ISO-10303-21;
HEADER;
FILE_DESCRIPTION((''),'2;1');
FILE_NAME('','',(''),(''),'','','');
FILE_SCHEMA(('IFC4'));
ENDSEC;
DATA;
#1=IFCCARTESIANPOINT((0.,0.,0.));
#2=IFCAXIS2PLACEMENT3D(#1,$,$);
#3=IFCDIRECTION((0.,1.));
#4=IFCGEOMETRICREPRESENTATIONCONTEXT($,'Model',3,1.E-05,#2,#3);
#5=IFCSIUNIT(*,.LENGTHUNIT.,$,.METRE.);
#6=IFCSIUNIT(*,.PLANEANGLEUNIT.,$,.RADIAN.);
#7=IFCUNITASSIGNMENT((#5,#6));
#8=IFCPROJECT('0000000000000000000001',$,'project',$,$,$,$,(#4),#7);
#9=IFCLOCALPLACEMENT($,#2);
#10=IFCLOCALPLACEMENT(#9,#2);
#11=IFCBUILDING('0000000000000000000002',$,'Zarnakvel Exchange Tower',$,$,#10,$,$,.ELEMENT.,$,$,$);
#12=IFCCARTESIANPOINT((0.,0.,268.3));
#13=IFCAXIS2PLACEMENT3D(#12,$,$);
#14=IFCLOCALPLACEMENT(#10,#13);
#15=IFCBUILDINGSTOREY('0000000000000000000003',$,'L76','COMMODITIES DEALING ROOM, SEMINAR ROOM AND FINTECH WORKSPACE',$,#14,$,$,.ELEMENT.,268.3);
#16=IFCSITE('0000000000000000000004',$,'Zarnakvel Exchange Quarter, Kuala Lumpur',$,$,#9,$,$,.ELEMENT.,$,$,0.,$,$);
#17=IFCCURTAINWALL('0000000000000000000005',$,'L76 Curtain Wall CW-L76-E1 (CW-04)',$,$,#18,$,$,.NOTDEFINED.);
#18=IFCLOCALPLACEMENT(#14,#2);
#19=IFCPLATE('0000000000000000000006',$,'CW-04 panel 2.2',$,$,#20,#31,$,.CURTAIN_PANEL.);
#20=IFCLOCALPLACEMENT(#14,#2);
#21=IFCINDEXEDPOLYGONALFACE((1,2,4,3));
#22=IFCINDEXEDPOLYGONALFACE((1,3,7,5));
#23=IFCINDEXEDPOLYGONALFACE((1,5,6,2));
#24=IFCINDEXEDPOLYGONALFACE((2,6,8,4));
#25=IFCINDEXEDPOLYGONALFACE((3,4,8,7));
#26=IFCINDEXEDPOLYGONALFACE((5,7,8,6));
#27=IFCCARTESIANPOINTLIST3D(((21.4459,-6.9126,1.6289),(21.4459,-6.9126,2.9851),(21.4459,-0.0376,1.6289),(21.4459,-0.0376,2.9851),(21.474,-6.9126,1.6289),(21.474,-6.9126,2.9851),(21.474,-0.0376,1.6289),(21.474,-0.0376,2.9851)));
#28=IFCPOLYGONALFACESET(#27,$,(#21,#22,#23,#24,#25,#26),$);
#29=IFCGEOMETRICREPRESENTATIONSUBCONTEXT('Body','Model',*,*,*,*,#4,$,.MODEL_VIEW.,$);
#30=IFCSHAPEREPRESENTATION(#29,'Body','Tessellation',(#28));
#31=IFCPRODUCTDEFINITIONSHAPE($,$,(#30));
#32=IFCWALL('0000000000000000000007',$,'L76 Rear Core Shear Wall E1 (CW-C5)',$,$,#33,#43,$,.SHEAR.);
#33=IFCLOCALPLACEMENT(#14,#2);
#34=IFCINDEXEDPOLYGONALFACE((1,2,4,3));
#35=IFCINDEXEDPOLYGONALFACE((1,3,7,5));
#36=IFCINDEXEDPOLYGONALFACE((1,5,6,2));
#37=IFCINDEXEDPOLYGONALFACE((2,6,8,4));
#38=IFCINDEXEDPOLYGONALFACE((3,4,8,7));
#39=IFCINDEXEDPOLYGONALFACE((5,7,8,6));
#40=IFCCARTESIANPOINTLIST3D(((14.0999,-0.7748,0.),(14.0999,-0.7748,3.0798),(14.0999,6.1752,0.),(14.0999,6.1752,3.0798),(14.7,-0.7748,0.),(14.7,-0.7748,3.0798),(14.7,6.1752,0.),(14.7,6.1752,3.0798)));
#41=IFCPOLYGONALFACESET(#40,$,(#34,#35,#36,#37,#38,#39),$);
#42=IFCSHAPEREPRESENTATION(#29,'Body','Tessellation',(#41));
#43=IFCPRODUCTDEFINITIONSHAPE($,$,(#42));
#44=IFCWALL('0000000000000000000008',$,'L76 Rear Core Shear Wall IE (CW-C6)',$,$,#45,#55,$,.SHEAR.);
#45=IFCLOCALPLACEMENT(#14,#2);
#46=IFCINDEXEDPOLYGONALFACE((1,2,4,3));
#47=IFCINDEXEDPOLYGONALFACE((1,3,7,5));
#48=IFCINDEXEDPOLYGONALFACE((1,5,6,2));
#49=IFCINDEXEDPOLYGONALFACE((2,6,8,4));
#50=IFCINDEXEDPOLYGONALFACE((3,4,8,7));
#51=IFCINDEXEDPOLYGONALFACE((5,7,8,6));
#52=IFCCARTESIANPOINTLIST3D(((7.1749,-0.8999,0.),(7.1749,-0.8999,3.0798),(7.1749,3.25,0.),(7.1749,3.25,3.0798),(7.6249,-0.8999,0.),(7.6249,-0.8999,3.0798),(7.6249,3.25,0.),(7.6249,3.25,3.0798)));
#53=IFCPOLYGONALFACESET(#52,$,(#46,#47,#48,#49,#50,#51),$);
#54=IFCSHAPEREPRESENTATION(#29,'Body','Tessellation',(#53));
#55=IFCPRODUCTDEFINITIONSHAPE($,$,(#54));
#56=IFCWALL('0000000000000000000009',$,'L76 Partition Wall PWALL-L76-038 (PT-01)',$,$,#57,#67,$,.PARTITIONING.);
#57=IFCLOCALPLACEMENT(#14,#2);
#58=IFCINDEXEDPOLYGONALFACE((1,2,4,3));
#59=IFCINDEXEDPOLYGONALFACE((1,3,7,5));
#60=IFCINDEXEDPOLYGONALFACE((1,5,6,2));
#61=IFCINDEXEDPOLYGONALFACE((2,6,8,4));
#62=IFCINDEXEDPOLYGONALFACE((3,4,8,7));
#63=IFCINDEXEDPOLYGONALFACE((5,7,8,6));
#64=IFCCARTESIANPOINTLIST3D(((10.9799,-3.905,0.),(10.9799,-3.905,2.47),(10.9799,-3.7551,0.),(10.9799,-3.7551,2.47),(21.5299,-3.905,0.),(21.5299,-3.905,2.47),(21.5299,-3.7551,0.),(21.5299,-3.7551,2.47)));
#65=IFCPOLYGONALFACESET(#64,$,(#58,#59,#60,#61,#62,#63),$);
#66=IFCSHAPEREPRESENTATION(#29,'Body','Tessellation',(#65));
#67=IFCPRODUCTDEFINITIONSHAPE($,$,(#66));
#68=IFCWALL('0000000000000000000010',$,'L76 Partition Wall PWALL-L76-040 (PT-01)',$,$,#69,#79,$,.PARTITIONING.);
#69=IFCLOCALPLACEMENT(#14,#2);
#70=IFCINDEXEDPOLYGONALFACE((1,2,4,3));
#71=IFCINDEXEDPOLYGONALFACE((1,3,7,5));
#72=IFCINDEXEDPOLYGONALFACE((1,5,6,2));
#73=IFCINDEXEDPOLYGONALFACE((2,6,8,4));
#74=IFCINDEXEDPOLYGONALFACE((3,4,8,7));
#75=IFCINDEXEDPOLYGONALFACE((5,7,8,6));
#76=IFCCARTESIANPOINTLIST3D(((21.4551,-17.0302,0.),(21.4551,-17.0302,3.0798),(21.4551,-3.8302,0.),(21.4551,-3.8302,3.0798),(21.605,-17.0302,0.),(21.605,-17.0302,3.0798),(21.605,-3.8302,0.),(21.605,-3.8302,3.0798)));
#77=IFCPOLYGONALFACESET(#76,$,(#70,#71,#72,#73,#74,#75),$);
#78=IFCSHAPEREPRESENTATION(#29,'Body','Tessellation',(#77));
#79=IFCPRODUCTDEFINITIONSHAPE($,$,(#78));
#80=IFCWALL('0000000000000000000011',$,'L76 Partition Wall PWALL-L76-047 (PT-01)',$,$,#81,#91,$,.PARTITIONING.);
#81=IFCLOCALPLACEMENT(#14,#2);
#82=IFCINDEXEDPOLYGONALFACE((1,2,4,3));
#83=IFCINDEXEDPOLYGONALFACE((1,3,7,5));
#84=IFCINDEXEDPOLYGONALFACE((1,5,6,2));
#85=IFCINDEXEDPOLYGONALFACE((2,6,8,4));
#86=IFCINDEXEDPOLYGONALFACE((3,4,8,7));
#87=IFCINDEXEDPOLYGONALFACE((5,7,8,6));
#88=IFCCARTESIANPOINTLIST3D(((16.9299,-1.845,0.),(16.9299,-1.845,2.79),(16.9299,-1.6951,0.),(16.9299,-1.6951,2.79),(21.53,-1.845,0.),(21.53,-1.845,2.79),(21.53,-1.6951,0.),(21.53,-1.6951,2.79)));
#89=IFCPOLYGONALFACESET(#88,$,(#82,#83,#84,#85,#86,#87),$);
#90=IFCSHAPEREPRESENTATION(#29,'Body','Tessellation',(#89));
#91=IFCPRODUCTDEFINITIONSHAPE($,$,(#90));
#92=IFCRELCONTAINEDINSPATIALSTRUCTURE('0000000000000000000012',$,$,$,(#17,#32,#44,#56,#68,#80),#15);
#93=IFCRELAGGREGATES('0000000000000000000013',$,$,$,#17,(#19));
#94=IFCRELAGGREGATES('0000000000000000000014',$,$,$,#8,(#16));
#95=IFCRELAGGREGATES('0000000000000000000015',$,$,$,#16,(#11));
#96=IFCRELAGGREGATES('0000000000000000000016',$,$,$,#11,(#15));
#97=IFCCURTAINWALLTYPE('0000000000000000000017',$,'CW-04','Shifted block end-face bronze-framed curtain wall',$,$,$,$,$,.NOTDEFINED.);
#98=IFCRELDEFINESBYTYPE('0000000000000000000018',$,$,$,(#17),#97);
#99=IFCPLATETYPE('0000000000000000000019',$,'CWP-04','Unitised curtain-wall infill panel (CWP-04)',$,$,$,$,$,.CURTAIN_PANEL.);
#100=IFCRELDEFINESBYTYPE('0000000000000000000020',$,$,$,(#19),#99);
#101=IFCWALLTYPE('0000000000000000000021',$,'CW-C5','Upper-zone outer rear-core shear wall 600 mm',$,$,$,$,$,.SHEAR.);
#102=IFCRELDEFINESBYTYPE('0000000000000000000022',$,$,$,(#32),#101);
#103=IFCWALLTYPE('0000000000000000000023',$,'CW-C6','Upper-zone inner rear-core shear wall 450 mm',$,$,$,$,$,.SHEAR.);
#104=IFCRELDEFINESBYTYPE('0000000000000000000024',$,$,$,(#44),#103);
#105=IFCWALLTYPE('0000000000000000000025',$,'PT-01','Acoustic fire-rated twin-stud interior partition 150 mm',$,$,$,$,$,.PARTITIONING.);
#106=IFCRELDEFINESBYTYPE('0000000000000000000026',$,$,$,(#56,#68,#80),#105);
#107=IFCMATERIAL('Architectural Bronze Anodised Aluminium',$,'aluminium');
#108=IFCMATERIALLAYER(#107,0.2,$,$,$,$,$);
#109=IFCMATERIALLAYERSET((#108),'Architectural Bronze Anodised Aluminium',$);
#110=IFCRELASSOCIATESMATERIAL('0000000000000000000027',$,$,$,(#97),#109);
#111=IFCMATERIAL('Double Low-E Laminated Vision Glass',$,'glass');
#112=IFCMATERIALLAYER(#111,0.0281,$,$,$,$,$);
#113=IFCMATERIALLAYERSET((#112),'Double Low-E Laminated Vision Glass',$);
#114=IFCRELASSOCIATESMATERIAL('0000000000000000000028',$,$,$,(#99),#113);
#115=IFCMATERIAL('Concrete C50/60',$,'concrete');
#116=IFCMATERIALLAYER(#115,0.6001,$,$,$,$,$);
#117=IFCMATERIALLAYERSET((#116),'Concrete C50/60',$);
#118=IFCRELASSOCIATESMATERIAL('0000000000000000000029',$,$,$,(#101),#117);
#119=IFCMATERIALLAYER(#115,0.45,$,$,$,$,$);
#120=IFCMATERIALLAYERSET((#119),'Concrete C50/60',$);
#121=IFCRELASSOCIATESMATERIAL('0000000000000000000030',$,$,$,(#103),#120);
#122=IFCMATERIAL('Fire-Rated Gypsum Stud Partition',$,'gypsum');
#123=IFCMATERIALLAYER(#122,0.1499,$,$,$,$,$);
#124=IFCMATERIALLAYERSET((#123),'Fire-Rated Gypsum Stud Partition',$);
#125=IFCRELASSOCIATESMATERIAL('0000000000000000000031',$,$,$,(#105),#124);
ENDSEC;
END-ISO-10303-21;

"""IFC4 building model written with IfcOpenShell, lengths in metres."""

from ifc_helpers import new_model, si_unit, direction, frame, frame_2d, origin, origin_2d, place, context, subcontext, project, spatial, rectangle, extrude, source, transform, mapped, material, layer, layer_set, type_object, element, aggregate, save


model = new_model("IFC4")

# Units and contexts
model_context = context("Model", 3, precision=1e-05, world=origin(), true_north=direction((0.0, 1.0)))
body_context = subcontext(model_context, "Body", "Model", "MODEL_VIEW")
ifc_project = project(units=[si_unit("LENGTHUNIT", "METRE"), si_unit("PLANEANGLEUNIT", "RADIAN")], contexts=[model_context])

# Site, building, storey
site_placement = place(None, origin())
site = spatial("IfcSite", under=ifc_project, at=site_placement, Name="Zarnakvel Exchange Quarter, Kuala Lumpur", CompositionType="ELEMENT", RefElevation=0.0)
building_placement = place(site_placement, origin())
building = spatial("IfcBuilding", under=site, at=building_placement, Name="Zarnakvel Exchange Tower", CompositionType="ELEMENT")
storey_placement = place(building_placement, frame((0.0, 0.0, 268.3)))
storey = spatial("IfcBuildingStorey", under=building, at=storey_placement, Name="L76", Description="COMMODITIES DEALING ROOM, SEMINAR ROOM AND FINTECH WORKSPACE", CompositionType="ELEMENT", Elevation=268.3)

# Shared definitions
ifc_material_1 = material(Name="Concrete C50/60", Category="concrete")

# Curtain wall, plate
ifc_material_2 = material(Name="Architectural Bronze Anodised Aluminium", Category="aluminium")
ifc_layer_1 = layer(ifc_material_2, 0.2)
ifc_layer_set_1 = layer_set([ifc_layer_1], Name="Architectural Bronze Anodised Aluminium")
curtain_wall_type = type_object("IfcCurtainWallType", Name="CW-04", Description="Shifted block end-face bronze-framed curtain wall", PredefinedType="NOTDEFINED", material=ifc_layer_set_1)
curtain_wall_placement = place(storey_placement, origin())
curtain_wall = element("IfcCurtainWall", 1, at=curtain_wall_placement, inside=storey, type_object=curtain_wall_type, Name="L76 Curtain Wall CW-L76-E1 (CW-04)", PredefinedType="NOTDEFINED")
ifc_material_3 = material(Name="Double Low-E Laminated Vision Glass", Category="glass")
ifc_layer_2 = layer(ifc_material_3, 0.0281)
ifc_layer_set_2 = layer_set([ifc_layer_2], Name="Double Low-E Laminated Vision Glass")
plate_type = type_object("IfcPlateType", Name="CWP-04", Description="Unitised curtain-wall infill panel (CWP-04)", PredefinedType="CURTAIN_PANEL", material=ifc_layer_set_2)
shared_shape_1 = source(origin(), body_context, "Body", "SweptSolid", [
    extrude(rectangle(XDim=6.875, YDim=0.0281, at=origin_2d()), origin(), (0.0, 0.0, 1.0), 1.3562),
])
plate_1_placement = place(storey_placement, frame((21.46, -3.4751, 1.6289), z_axis=(0.0, 0.0, 1.0), x_axis=(0.0, 1.0, 0.0)))
plate_1 = element("IfcPlate", 2, at=plate_1_placement, type_object=plate_type, Name="CW-04 panel 2.2", PredefinedType="CURTAIN_PANEL", context=body_context, shape_type="MappedRepresentation", body=[
    mapped(shared_shape_1, transform((0.0, 0.0, 0.0), x_axis=(1.0, 0.0, 0.0), y_axis=(0.0, 1.0, 0.0), z_axis=(0.0, 0.0, 1.0), scale=1.0)),
])
aggregate(curtain_wall, [plate_1])

# Wall
ifc_layer_3 = layer(ifc_material_1, 0.6001)
ifc_layer_set_3 = layer_set([ifc_layer_3], Name="Concrete C50/60")
wall_type_1 = type_object("IfcWallType", Name="CW-C5", Description="Upper-zone outer rear-core shear wall 600 mm", PredefinedType="SHEAR", material=ifc_layer_set_3)
wall_1_placement = place(storey_placement, frame((14.3999, -0.7749, 0.0), z_axis=(0.0, 0.0, 1.0), x_axis=(0.0, 1.0, 0.0)))
element("IfcWall", 3, at=wall_1_placement, inside=storey, type_object=wall_type_1, Name="L76 Rear Core Shear Wall E1 (CW-C5)", PredefinedType="SHEAR", context=body_context, shape_type="SweptSolid", body=[
    extrude(rectangle(XDim=6.95, YDim=0.6001, at=frame_2d((3.4751, 0.0))), origin(), (0.0, 0.0, 1.0), 3.0798),
])

# Walls
ifc_layer_4 = layer(ifc_material_1, 0.45)
ifc_layer_set_4 = layer_set([ifc_layer_4], Name="Concrete C50/60")
wall_type_2 = type_object("IfcWallType", Name="CW-C6", Description="Upper-zone inner rear-core shear wall 450 mm", PredefinedType="SHEAR", material=ifc_layer_set_4)
wall_2_placement = place(storey_placement, frame((7.3999, -0.8999, 0.0), z_axis=(0.0, 0.0, 1.0), x_axis=(0.0, 1.0, 0.0)))
element("IfcWall", 4, at=wall_2_placement, inside=storey, type_object=wall_type_2, Name="L76 Rear Core Shear Wall IE (CW-C6)", PredefinedType="SHEAR", context=body_context, shape_type="SweptSolid", body=[
    extrude(rectangle(XDim=4.1499, YDim=0.45, at=frame_2d((2.075, 0.0))), origin(), (0.0, 0.0, 1.0), 3.0798),
])
ifc_material_4 = material(Name="Fire-Rated Gypsum Stud Partition", Category="gypsum")
ifc_layer_5 = layer(ifc_material_4, 0.1499)
ifc_layer_set_5 = layer_set([ifc_layer_5], Name="Fire-Rated Gypsum Stud Partition")
wall_type_3 = type_object("IfcWallType", Name="PT-01", Description="Acoustic fire-rated twin-stud interior partition 150 mm", PredefinedType="PARTITIONING", material=ifc_layer_set_5)
wall_3_placement = place(storey_placement, frame((10.98, -3.8301, 0.0), z_axis=(0.0, 0.0, 1.0), x_axis=(1.0, 0.0, 0.0)))
element("IfcWall", 5, at=wall_3_placement, inside=storey, type_object=wall_type_3, Name="L76 Partition Wall PWALL-L76-038 (PT-01)", PredefinedType="PARTITIONING", context=body_context, shape_type="SweptSolid", body=[
    extrude(rectangle(XDim=10.55, YDim=0.1499, at=frame_2d((5.2749, 0.0))), origin(), (0.0, 0.0, 1.0), 2.47),
])
wall_4_placement = place(storey_placement, frame((21.53, -3.8301, 0.0), z_axis=(0.0, 0.0, 1.0), x_axis=(0.0, -1.0, 0.0)))
element("IfcWall", 6, at=wall_4_placement, inside=storey, type_object=wall_type_3, Name="L76 Partition Wall PWALL-L76-040 (PT-01)", PredefinedType="PARTITIONING", context=body_context, shape_type="SweptSolid", body=[
    extrude(rectangle(XDim=13.2, YDim=0.1499, at=frame_2d((6.6001, 0.0))), origin(), (0.0, 0.0, 1.0), 3.0798),
])
wall_5_placement = place(storey_placement, frame((21.53, -1.77, 0.0), z_axis=(0.0, 0.0, 1.0), x_axis=(-1.0, 0.0, 0.0)))
element("IfcWall", 7, at=wall_5_placement, inside=storey, type_object=wall_type_3, Name="L76 Partition Wall PWALL-L76-047 (PT-01)", PredefinedType="PARTITIONING", context=body_context, shape_type="SweptSolid", body=[
    extrude(rectangle(XDim=4.6001, YDim=0.1499, at=frame_2d((2.3, 0.0))), origin(), (0.0, 0.0, 1.0), 2.79),
])

save(model, "model.ifc")
